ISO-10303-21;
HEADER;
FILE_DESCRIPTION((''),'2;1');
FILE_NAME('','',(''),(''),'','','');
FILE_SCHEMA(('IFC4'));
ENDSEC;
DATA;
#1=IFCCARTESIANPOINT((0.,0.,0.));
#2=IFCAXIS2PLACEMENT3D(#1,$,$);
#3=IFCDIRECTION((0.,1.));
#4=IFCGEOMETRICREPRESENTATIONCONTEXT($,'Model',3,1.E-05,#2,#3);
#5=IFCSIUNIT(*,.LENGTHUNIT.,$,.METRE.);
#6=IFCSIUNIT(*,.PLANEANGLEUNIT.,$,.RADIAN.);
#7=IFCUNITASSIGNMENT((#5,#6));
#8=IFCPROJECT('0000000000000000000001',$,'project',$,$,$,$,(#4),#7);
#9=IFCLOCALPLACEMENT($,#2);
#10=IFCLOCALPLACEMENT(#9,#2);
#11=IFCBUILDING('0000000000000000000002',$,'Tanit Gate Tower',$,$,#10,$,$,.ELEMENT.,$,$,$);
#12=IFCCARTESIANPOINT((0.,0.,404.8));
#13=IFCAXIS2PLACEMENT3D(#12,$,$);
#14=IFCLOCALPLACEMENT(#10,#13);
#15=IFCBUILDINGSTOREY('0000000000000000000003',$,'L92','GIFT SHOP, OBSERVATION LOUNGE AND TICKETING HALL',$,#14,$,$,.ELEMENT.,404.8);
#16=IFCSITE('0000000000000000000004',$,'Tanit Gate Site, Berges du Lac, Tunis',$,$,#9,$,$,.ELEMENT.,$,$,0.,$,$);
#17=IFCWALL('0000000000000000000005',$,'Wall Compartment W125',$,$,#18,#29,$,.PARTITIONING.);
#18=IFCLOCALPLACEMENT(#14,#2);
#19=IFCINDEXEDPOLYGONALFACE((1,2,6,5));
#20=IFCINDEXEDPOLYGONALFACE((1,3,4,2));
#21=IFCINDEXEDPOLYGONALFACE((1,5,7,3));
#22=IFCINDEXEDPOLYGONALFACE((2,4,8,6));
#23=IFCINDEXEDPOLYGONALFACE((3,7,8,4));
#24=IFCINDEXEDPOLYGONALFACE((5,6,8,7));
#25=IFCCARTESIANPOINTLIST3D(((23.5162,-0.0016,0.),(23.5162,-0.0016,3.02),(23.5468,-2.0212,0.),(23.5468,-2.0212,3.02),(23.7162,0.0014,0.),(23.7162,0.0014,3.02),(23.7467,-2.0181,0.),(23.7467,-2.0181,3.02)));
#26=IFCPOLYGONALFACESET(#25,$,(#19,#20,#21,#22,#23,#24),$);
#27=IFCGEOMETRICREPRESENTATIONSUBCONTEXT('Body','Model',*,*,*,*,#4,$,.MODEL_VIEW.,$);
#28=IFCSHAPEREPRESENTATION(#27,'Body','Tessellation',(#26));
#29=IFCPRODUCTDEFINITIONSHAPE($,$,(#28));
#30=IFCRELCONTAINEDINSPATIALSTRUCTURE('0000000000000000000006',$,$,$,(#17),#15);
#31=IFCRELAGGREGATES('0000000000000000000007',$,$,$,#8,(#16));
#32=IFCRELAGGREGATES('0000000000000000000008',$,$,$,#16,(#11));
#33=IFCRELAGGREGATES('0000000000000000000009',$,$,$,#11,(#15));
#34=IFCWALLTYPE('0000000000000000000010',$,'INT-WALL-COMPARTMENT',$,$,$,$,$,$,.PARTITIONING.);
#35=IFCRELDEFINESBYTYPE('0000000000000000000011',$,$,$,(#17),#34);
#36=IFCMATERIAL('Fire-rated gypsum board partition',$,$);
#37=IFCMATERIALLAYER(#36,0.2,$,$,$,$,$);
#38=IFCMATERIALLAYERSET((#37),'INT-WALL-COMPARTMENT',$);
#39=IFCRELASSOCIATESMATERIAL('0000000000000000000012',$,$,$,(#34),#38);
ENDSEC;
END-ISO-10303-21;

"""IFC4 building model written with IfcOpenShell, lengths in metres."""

from ifc_helpers import new_model, si_unit, direction, frame, frame_2d, origin, place, context, subcontext, project, spatial, rectangle, extrude, material, layer, layer_set, type_object, element, save


model = new_model("IFC4")

# Units and contexts
model_context = context("Model", 3, precision=1e-05, world=origin(), true_north=direction((0.0, 1.0)))
body_context = subcontext(model_context, "Body", "Model", "MODEL_VIEW")
ifc_project = project(units=[si_unit("LENGTHUNIT", "METRE"), si_unit("PLANEANGLEUNIT", "RADIAN")], contexts=[model_context])

# Site, building, storey
site_placement = place(None, origin())
site = spatial("IfcSite", under=ifc_project, at=site_placement, Name="Tanit Gate Site, Berges du Lac, Tunis", CompositionType="ELEMENT", RefElevation=0.0)
building_placement = place(site_placement, origin())
building = spatial("IfcBuilding", under=site, at=building_placement, Name="Tanit Gate Tower", CompositionType="ELEMENT")
storey_placement = place(building_placement, frame((0.0, 0.0, 404.8)))
storey = spatial("IfcBuildingStorey", under=building, at=storey_placement, Name="L92", Description="GIFT SHOP, OBSERVATION LOUNGE AND TICKETING HALL", CompositionType="ELEMENT", Elevation=404.8)

# Wall
ifc_material_1 = material(Name="Fire-rated gypsum board partition")
ifc_layer_1 = layer(ifc_material_1, 0.2)
ifc_layer_set_1 = layer_set([ifc_layer_1], Name="INT-WALL-COMPARTMENT")
wall_type = type_object("IfcWallType", Name="INT-WALL-COMPARTMENT", PredefinedType="PARTITIONING", material=ifc_layer_set_1)
wall_placement = place(storey_placement, frame((23.6467, -2.0195, 0.0), z_axis=(0.0, 0.0, 1.0), x_axis=(-0.015109, 0.999886, 0.0)))
element("IfcWall", 1, at=wall_placement, inside=storey, type_object=wall_type, Name="Wall Compartment W125", PredefinedType="PARTITIONING", context=body_context, shape_type="SweptSolid", body=[
    extrude(rectangle(XDim=2.0198, YDim=0.2, at=frame_2d((1.0098, 0.0))), origin(), (0.0, 0.0, 1.0), 3.02),
])

save(model, "model.ifc")
